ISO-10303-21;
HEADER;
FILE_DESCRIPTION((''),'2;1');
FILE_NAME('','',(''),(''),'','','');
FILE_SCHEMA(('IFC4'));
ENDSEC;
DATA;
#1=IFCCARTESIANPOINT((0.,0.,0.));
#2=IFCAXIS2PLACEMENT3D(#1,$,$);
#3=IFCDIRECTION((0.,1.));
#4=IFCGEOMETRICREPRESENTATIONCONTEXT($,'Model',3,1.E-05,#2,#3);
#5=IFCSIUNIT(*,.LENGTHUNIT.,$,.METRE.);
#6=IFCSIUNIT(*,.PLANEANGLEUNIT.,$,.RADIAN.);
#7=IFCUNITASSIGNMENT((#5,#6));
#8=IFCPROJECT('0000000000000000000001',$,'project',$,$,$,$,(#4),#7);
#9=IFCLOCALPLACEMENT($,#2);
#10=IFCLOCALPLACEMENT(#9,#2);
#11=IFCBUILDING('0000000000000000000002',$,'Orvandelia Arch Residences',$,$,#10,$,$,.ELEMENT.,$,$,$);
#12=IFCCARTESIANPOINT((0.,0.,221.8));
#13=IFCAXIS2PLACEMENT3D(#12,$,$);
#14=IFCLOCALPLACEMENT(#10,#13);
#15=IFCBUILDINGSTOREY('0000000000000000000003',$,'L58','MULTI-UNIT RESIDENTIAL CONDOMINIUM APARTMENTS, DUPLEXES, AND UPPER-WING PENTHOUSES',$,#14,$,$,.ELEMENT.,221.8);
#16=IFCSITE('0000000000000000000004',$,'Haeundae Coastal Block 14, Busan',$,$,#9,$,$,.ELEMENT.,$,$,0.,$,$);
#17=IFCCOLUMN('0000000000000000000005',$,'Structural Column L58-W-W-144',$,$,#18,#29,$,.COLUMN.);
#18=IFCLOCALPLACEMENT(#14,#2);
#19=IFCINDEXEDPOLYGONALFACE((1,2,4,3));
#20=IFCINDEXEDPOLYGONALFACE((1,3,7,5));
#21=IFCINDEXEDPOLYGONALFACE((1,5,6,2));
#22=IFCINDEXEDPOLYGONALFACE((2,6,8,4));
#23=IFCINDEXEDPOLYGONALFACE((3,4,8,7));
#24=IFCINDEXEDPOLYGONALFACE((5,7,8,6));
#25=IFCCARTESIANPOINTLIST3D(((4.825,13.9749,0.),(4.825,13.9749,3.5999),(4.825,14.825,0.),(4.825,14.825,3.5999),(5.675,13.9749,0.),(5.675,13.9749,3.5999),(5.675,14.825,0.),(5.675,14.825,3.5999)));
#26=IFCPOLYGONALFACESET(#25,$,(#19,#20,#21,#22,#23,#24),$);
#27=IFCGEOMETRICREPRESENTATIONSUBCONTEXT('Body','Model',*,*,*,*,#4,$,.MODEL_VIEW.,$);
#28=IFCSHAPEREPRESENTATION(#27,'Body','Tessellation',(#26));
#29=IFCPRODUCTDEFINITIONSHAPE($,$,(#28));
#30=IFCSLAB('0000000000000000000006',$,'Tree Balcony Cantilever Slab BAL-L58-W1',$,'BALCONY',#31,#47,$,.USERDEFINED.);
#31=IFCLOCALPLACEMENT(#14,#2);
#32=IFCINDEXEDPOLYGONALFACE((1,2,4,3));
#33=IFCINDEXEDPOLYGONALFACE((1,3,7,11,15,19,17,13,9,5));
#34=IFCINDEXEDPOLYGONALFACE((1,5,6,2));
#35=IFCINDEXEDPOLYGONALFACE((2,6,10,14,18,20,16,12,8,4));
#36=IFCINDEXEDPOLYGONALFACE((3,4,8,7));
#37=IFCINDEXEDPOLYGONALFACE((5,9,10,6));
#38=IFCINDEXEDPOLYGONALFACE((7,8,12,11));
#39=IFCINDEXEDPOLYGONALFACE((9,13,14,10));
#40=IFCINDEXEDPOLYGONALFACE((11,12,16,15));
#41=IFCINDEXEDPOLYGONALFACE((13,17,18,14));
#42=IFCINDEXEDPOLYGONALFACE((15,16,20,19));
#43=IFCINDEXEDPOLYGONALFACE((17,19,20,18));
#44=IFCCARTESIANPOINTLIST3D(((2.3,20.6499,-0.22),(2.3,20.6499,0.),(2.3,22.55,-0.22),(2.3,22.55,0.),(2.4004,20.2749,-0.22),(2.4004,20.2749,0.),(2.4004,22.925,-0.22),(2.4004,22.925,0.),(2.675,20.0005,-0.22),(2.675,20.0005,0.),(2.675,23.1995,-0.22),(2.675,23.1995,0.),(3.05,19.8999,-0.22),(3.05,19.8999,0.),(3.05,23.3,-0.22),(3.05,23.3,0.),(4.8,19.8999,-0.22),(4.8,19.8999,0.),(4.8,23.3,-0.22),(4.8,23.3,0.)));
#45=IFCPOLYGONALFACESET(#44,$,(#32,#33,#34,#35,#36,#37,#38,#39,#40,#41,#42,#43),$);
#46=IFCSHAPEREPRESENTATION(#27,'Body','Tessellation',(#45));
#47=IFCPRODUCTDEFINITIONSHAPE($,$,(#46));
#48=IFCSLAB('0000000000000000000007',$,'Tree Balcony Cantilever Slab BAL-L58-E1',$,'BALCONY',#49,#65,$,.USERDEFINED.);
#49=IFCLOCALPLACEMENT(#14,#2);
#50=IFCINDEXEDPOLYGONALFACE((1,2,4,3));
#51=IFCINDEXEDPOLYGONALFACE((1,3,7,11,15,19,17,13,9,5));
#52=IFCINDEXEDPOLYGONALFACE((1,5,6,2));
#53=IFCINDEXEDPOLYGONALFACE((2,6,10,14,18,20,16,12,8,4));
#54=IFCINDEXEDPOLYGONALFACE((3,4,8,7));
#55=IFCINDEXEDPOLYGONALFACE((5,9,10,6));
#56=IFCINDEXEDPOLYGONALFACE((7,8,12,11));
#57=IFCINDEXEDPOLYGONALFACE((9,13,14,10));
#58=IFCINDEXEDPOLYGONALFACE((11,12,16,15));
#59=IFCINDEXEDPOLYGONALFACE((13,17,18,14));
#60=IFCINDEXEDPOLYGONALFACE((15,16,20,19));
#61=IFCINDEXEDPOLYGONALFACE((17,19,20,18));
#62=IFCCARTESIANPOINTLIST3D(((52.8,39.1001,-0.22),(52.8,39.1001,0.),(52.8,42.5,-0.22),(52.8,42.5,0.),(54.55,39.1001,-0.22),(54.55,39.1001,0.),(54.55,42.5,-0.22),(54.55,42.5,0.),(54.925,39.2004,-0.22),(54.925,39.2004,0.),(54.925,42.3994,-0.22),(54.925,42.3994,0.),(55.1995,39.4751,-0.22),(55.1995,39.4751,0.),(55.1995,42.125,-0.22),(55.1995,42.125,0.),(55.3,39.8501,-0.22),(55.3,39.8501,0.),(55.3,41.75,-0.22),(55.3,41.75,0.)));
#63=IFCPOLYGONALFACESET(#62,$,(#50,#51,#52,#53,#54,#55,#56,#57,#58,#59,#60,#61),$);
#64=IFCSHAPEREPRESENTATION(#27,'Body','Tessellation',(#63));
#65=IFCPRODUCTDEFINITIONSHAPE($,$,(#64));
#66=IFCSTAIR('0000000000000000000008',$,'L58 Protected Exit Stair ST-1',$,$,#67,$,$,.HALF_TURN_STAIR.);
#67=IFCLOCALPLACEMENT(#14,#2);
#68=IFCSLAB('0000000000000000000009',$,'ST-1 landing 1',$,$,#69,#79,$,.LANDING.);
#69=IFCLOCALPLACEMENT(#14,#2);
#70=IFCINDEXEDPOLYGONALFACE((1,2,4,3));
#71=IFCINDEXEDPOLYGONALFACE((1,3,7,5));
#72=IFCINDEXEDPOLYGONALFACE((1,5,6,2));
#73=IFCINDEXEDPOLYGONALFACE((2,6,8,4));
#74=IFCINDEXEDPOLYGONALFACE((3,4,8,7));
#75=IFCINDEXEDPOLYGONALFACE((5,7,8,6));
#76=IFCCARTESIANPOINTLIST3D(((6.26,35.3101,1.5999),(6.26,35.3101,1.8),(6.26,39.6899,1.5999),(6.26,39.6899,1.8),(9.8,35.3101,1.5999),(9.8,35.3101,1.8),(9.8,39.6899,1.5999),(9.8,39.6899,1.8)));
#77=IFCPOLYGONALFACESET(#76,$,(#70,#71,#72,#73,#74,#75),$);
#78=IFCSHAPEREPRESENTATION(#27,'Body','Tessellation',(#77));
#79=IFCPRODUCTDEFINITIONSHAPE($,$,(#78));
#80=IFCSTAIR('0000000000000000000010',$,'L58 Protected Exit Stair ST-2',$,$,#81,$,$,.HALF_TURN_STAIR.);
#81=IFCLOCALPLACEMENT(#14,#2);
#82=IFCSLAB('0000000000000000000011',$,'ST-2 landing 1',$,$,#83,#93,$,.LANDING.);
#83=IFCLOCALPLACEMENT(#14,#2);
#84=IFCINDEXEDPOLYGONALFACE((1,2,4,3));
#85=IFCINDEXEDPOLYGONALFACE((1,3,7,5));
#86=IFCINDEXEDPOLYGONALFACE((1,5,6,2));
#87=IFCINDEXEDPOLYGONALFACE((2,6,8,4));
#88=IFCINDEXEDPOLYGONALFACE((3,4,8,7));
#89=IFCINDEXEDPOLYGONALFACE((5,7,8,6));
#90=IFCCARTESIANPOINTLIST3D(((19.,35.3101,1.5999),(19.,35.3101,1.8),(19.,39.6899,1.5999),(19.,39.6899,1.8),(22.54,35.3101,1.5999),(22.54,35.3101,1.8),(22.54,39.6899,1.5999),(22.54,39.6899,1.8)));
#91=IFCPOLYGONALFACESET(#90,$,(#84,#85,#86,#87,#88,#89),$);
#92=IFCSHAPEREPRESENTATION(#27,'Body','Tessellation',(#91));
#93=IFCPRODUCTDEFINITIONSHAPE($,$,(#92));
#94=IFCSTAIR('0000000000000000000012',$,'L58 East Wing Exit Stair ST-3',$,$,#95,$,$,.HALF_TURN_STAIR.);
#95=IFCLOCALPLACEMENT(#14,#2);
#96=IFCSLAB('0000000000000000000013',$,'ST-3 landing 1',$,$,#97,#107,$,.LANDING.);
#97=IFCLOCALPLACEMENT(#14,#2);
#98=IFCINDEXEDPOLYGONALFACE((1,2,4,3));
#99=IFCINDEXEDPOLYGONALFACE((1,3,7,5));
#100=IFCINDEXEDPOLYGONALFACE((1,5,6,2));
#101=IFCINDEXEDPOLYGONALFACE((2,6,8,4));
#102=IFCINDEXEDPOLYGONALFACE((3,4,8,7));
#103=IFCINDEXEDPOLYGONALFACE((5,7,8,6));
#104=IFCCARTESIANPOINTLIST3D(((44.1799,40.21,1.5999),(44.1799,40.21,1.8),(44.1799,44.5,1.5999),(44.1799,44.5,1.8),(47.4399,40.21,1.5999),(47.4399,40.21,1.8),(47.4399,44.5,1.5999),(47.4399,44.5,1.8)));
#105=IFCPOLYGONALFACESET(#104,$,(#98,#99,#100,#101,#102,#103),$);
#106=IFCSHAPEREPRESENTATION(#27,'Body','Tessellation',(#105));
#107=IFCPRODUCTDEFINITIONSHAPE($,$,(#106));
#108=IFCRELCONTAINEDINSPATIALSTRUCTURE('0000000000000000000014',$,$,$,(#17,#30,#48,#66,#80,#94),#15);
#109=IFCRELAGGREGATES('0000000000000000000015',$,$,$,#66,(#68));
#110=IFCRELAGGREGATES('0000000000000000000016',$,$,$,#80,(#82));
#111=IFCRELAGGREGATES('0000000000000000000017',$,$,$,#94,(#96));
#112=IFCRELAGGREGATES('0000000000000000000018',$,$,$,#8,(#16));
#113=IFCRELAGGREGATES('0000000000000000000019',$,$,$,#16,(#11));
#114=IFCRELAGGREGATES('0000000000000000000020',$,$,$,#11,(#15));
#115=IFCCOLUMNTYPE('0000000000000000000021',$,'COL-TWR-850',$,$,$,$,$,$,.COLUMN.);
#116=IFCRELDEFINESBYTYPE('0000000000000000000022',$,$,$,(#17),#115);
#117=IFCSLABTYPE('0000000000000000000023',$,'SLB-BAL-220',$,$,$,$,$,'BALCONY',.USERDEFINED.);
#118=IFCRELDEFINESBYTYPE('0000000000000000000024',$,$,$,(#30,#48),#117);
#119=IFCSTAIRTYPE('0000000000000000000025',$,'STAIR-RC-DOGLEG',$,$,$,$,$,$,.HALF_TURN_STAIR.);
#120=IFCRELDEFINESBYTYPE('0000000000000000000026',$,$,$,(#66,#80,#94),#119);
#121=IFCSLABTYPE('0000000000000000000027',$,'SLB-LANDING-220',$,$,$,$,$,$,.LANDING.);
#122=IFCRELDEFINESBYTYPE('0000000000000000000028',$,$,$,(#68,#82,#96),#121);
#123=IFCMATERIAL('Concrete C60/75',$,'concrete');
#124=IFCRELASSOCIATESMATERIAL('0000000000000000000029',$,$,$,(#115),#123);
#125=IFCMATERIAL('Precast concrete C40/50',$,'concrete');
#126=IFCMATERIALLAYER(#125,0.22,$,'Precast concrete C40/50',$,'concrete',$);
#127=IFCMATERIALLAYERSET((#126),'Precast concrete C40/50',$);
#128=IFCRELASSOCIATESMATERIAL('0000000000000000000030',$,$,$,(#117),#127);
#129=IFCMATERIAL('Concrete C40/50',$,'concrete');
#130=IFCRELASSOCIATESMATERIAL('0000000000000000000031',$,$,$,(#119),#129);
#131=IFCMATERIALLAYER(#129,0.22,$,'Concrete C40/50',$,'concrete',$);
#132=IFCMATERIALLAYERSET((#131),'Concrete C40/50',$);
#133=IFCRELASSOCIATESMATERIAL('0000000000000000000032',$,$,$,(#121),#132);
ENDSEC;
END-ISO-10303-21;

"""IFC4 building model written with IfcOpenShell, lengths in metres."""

from ifc_helpers import new_model, si_unit, direction, frame, origin, origin_2d, place, context, subcontext, project, spatial, polyline, rectangle, outline, extrude, material, layer, layer_set, material_profile, profile_set, type_object, element, aggregate, save


model = new_model("IFC4")

# Units and contexts
model_context = context("Model", 3, precision=1e-05, world=origin(), true_north=direction((0.0, 1.0)))
body_context = subcontext(model_context, "Body", "Model", "MODEL_VIEW")
ifc_project = project(units=[si_unit("LENGTHUNIT", "METRE"), si_unit("PLANEANGLEUNIT", "RADIAN")], contexts=[model_context])

# Site, building, storey
site_placement = place(None, origin())
site = spatial("IfcSite", under=ifc_project, at=site_placement, Name="Haeundae Coastal Block 14, Busan", CompositionType="ELEMENT", RefElevation=0.0)
building_placement = place(site_placement, origin())
building = spatial("IfcBuilding", under=site, at=building_placement, Name="Orvandelia Arch Residences", CompositionType="ELEMENT")
storey_placement = place(building_placement, frame((0.0, 0.0, 221.8)))
storey = spatial("IfcBuildingStorey", under=building, at=storey_placement, Name="L58", Description="MULTI-UNIT RESIDENTIAL CONDOMINIUM APARTMENTS, DUPLEXES, AND UPPER-WING PENTHOUSES", CompositionType="ELEMENT", Elevation=221.8)

# Column
ifc_material_1 = material(Name="Concrete C60/75", Category="concrete")
ifc_material_profile = material_profile(ifc_material_1, rectangle(XDim=0.8501, YDim=0.8501, at=origin_2d()), Name="Concrete C60/75", Category="concrete")
ifc_profile_set = profile_set([ifc_material_profile], Name="Concrete C60/75")
column_type = type_object("IfcColumnType", Name="COL-TWR-850", PredefinedType="COLUMN", material=ifc_profile_set)
column_placement = place(storey_placement, frame((5.25, 14.3999, 0.0), z_axis=(0.0, 0.0, 1.0), x_axis=(1.0, 0.0, 0.0)))
element("IfcColumn", 1, at=column_placement, inside=storey, type_object=column_type, Name="Structural Column L58-W-W-144", PredefinedType="COLUMN", context=body_context, shape_type="SweptSolid", body=[
    extrude(rectangle(XDim=0.8501, YDim=0.8501, at=origin_2d()), origin(), (0.0, 0.0, 1.0), 3.5999),
])

# Slabs
ifc_material_2 = material(Name="Precast concrete C40/50", Category="concrete")
ifc_layer_1 = layer(ifc_material_2, 0.22, Name="Precast concrete C40/50", Category="concrete")
ifc_layer_set_1 = layer_set([ifc_layer_1], Name="Precast concrete C40/50")
slab_type_1 = type_object("IfcSlabType", Name="SLB-BAL-220", ElementType="BALCONY", PredefinedType="USERDEFINED", material=ifc_layer_set_1)
slab_1_placement = place(storey_placement, frame((0.0, 0.0, -0.22)))
element("IfcSlab", 2, at=slab_1_placement, inside=storey, type_object=slab_type_1, Name="Tree Balcony Cantilever Slab BAL-L58-W1", ObjectType="BALCONY", PredefinedType="USERDEFINED", context=body_context, shape_type="SweptSolid", body=[
    extrude(outline(polyline([(4.8, 19.8999), (4.8, 23.3), (3.05, 23.3), (2.675, 23.1995), (2.4004, 22.925), (2.3, 22.55), (2.3, 20.6499), (2.4004, 20.2749), (2.675, 20.0005), (3.05, 19.8999), (4.8, 19.8999)])), origin(), (0.0, 0.0, 1.0), 0.22),
])
slab_2_placement = place(storey_placement, frame((0.0, 0.0, -0.22)))
element("IfcSlab", 3, at=slab_2_placement, inside=storey, type_object=slab_type_1, Name="Tree Balcony Cantilever Slab BAL-L58-E1", ObjectType="BALCONY", PredefinedType="USERDEFINED", context=body_context, shape_type="SweptSolid", body=[
    extrude(outline(polyline([(52.8, 42.5), (52.8, 39.1001), (54.55, 39.1001), (54.925, 39.2004), (55.1995, 39.4751), (55.3, 39.8501), (55.3, 41.75), (55.1995, 42.125), (54.925, 42.3994), (54.55, 42.5), (52.8, 42.5)])), origin(), (0.0, 0.0, 1.0), 0.22),
])

# Stairs, slabs
ifc_material_3 = material(Name="Concrete C40/50", Category="concrete")
stair_type = type_object("IfcStairType", Name="STAIR-RC-DOGLEG", PredefinedType="HALF_TURN_STAIR", material=ifc_material_3)
stair_1_placement = place(storey_placement, origin())
stair_1 = element("IfcStair", 4, at=stair_1_placement, inside=storey, type_object=stair_type, Name="L58 Protected Exit Stair ST-1", PredefinedType="HALF_TURN_STAIR")
ifc_layer_2 = layer(ifc_material_3, 0.22, Name="Concrete C40/50", Category="concrete")
ifc_layer_set_2 = layer_set([ifc_layer_2], Name="Concrete C40/50")
slab_type_2 = type_object("IfcSlabType", Name="SLB-LANDING-220", PredefinedType="LANDING", material=ifc_layer_set_2)
slab_3_placement = place(storey_placement, frame((0.0, 0.0, 1.5999)))
slab_3 = element("IfcSlab", 5, at=slab_3_placement, type_object=slab_type_2, Name="ST-1 landing 1", PredefinedType="LANDING", context=body_context, shape_type="SweptSolid", body=[
    extrude(outline(polyline([(9.8, 35.3101), (9.8, 39.6899), (6.26, 39.6899), (6.26, 35.3101), (9.8, 35.3101)])), origin(), (0.0, 0.0, 1.0), 0.2002),
])
aggregate(stair_1, [slab_3])
stair_2_placement = place(storey_placement, origin())
stair_2 = element("IfcStair", 6, at=stair_2_placement, inside=storey, type_object=stair_type, Name="L58 Protected Exit Stair ST-2", PredefinedType="HALF_TURN_STAIR")
slab_4_placement = place(storey_placement, frame((0.0, 0.0, 1.5999)))
slab_4 = element("IfcSlab", 7, at=slab_4_placement, type_object=slab_type_2, Name="ST-2 landing 1", PredefinedType="LANDING", context=body_context, shape_type="SweptSolid", body=[
    extrude(outline(polyline([(22.54, 35.3101), (22.54, 39.6899), (19.0, 39.6899), (19.0, 35.3101), (22.54, 35.3101)])), origin(), (0.0, 0.0, 1.0), 0.2002),
])
aggregate(stair_2, [slab_4])
stair_3_placement = place(storey_placement, origin())
stair_3 = element("IfcStair", 8, at=stair_3_placement, inside=storey, type_object=stair_type, Name="L58 East Wing Exit Stair ST-3", PredefinedType="HALF_TURN_STAIR")
slab_5_placement = place(storey_placement, frame((0.0, 0.0, 1.5999)))
slab_5 = element("IfcSlab", 9, at=slab_5_placement, type_object=slab_type_2, Name="ST-3 landing 1", PredefinedType="LANDING", context=body_context, shape_type="SweptSolid", body=[
    extrude(outline(polyline([(47.4399, 40.21), (47.4399, 44.5), (44.1799, 44.5), (44.1799, 40.21), (47.4399, 40.21)])), origin(), (0.0, 0.0, 1.0), 0.2002),
])
aggregate(stair_3, [slab_5])

save(model, "model.ifc")
